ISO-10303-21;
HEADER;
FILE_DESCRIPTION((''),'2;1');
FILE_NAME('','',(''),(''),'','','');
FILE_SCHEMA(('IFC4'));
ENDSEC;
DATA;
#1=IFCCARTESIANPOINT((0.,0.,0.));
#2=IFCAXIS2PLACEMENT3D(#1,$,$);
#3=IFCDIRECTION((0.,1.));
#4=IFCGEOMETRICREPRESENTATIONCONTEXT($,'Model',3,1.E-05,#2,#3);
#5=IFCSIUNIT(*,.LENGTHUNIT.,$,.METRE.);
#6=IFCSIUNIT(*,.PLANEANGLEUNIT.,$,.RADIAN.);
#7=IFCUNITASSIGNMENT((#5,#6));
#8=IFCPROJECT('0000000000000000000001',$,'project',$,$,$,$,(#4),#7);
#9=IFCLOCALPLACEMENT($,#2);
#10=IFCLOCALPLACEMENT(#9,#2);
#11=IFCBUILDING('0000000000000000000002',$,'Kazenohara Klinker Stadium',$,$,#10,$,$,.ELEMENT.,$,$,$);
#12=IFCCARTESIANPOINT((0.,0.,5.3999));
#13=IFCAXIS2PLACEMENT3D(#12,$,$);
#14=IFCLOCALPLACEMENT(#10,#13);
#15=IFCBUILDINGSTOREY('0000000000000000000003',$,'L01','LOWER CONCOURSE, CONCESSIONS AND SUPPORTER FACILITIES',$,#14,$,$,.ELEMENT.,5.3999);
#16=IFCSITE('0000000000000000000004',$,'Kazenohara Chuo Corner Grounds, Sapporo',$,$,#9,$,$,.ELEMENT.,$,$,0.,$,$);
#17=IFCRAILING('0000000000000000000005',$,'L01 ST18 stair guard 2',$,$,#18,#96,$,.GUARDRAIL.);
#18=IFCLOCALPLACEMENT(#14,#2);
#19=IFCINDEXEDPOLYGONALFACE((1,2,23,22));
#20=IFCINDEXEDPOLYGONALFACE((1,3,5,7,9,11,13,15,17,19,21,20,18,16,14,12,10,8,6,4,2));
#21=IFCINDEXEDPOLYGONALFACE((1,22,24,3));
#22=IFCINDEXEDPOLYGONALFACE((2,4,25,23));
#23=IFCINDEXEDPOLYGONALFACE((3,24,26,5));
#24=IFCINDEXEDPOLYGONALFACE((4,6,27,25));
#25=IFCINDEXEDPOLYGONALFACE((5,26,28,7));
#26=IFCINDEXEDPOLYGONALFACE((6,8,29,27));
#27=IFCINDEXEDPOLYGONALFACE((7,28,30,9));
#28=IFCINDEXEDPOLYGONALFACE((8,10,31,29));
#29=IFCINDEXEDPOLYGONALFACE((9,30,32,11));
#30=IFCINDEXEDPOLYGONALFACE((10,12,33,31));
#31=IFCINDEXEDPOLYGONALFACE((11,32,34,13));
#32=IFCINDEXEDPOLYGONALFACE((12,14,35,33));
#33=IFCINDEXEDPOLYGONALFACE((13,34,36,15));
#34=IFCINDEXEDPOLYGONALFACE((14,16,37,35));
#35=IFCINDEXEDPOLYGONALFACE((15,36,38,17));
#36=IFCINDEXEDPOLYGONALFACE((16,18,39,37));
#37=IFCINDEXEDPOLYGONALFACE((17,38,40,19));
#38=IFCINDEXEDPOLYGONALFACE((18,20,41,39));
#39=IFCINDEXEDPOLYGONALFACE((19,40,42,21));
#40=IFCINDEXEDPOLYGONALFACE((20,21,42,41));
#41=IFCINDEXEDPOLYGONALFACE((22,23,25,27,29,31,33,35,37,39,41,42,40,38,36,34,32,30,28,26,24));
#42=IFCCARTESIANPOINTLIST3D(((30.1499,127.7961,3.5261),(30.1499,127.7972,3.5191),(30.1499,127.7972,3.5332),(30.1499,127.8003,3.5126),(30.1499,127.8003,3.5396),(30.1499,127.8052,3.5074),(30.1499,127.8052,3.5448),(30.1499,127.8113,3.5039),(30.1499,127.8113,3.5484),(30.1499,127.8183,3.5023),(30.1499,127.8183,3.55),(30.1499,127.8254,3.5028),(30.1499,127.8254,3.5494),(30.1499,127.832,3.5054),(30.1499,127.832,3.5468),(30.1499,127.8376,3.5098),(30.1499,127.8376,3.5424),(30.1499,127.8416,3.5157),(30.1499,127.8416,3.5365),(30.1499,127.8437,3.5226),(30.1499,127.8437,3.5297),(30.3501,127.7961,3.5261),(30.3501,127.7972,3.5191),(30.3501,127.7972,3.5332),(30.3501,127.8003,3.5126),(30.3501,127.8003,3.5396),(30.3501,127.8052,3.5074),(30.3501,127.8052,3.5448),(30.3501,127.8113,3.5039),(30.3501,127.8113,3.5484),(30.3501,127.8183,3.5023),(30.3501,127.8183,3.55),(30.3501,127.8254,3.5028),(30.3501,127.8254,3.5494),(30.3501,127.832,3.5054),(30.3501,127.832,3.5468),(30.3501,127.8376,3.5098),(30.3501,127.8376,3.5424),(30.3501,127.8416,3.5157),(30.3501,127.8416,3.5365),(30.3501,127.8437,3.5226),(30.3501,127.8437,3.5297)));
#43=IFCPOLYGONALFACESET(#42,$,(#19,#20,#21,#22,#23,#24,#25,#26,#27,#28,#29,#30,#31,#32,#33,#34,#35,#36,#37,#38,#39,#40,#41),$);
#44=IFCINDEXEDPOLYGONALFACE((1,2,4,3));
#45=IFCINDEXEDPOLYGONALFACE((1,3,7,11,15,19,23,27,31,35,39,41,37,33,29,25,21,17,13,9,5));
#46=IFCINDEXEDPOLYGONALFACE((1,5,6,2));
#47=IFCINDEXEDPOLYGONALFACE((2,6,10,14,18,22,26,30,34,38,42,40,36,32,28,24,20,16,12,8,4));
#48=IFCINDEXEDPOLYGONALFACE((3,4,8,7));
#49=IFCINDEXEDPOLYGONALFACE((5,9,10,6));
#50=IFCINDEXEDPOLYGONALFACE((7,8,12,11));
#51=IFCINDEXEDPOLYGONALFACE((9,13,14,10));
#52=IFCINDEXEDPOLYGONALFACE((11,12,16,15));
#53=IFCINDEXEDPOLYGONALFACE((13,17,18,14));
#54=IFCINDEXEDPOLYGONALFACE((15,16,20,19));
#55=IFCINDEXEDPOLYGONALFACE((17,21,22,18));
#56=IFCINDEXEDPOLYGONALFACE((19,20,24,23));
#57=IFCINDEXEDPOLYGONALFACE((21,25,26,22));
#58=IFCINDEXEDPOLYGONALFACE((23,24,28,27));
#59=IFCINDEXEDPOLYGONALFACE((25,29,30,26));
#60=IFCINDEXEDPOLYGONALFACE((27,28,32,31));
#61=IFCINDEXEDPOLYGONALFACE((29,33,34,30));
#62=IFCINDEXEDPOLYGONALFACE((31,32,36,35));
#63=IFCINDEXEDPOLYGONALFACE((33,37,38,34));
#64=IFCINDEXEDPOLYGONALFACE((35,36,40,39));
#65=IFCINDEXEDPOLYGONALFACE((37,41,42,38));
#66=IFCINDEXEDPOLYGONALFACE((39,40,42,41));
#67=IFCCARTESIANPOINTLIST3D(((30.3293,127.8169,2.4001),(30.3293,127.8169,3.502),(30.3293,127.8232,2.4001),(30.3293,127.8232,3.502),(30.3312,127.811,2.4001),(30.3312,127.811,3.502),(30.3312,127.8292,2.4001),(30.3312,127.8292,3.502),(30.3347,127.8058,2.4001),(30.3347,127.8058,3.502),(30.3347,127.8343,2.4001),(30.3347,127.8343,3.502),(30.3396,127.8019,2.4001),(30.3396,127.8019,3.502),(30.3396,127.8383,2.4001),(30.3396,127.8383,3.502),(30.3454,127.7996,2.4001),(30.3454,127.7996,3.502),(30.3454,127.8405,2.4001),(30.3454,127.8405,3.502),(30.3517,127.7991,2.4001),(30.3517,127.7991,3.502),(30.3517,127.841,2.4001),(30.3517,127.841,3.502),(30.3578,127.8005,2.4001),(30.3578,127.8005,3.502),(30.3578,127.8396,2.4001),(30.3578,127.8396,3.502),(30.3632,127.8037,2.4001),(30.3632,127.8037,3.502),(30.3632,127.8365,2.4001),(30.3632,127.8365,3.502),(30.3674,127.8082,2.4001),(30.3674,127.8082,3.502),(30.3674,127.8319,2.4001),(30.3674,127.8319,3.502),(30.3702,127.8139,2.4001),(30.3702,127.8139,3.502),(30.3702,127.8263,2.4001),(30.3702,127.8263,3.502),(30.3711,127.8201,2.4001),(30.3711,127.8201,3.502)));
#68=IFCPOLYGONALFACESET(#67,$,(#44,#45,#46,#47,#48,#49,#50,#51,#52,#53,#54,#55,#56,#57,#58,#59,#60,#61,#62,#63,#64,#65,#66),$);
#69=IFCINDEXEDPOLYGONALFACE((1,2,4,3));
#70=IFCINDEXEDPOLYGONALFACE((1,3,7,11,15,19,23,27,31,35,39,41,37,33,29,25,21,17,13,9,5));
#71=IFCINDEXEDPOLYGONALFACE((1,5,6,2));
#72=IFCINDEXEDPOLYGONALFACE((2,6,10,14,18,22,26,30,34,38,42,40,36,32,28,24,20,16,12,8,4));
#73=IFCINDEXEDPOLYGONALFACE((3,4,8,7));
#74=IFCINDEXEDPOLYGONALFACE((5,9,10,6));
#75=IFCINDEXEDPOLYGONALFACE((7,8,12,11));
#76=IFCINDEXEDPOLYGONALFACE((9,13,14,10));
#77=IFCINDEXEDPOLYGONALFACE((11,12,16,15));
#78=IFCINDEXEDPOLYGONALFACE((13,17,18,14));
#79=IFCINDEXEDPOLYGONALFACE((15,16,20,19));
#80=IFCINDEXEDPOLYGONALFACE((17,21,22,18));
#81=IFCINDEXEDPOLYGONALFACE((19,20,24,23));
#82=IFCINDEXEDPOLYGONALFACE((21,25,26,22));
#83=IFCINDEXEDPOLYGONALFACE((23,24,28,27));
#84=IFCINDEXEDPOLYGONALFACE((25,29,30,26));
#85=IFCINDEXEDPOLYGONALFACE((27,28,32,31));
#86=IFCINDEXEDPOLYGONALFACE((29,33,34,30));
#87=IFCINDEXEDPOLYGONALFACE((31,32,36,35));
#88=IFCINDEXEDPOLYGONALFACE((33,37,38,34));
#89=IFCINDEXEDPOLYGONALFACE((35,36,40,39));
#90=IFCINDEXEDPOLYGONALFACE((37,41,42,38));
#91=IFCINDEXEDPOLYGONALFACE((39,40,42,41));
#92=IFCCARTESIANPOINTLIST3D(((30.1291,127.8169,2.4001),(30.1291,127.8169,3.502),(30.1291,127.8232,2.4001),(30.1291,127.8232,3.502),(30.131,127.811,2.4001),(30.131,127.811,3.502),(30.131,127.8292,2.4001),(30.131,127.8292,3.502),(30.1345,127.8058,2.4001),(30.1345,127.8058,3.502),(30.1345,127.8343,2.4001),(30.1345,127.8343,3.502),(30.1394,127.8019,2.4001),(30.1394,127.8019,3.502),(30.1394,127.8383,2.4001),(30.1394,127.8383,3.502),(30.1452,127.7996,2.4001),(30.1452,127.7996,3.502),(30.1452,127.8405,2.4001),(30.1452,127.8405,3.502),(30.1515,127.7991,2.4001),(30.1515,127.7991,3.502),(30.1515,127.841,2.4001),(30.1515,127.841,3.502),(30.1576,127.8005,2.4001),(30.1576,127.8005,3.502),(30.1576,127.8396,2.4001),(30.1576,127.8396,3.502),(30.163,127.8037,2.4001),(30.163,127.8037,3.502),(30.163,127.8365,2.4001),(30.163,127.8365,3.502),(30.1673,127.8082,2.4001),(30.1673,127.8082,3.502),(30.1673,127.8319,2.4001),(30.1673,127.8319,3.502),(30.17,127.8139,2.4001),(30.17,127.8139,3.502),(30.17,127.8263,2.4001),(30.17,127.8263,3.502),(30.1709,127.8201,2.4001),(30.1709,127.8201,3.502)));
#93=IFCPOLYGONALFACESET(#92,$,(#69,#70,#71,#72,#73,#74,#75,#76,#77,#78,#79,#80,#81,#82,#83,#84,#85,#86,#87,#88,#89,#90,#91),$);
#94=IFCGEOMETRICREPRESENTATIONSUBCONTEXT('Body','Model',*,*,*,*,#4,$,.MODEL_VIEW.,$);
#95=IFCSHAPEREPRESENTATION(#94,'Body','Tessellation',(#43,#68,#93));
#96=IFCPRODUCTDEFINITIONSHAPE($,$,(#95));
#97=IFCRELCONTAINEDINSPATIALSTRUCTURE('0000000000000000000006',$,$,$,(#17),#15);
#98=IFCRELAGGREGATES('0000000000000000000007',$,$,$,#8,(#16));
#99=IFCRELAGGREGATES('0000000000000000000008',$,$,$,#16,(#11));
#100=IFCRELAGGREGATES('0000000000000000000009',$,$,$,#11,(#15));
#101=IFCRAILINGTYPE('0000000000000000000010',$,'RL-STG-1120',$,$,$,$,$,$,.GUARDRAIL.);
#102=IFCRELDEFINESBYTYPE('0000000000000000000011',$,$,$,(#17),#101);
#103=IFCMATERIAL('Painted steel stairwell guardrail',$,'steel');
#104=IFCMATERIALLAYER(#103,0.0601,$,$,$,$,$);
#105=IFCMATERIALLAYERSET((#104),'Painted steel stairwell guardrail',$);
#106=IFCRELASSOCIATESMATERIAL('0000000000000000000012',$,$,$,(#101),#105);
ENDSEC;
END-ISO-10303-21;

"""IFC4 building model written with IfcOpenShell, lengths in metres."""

from ifc_helpers import new_model, si_unit, direction, frame, origin, origin_2d, place, context, subcontext, project, spatial, circle, extrude, material, layer, layer_set, type_object, element, save


model = new_model("IFC4")

# Units and contexts
model_context = context("Model", 3, precision=1e-05, world=origin(), true_north=direction((0.0, 1.0)))
body_context = subcontext(model_context, "Body", "Model", "MODEL_VIEW")
ifc_project = project(units=[si_unit("LENGTHUNIT", "METRE"), si_unit("PLANEANGLEUNIT", "RADIAN")], contexts=[model_context])

# Site, building, storey
site_placement = place(None, origin())
site = spatial("IfcSite", under=ifc_project, at=site_placement, Name="Kazenohara Chuo Corner Grounds, Sapporo", CompositionType="ELEMENT", RefElevation=0.0)
building_placement = place(site_placement, origin())
building = spatial("IfcBuilding", under=site, at=building_placement, Name="Kazenohara Klinker Stadium", CompositionType="ELEMENT")
storey_placement = place(building_placement, frame((0.0, 0.0, 5.3999)))
storey = spatial("IfcBuildingStorey", under=building, at=storey_placement, Name="L01", Description="LOWER CONCOURSE, CONCESSIONS AND SUPPORTER FACILITIES", CompositionType="ELEMENT", Elevation=5.3999)

# Railing
ifc_material_1 = material(Name="Painted steel stairwell guardrail", Category="steel")
ifc_layer_1 = layer(ifc_material_1, 0.0601)
ifc_layer_set_1 = layer_set([ifc_layer_1], Name="Painted steel stairwell guardrail")
railing_type_1 = type_object("IfcRailingType", Name="RL-STG-1120", PredefinedType="GUARDRAIL", material=ifc_layer_set_1)
railing_1_placement = place(storey_placement, frame((30.3501, 127.8201, 2.4001)))
element("IfcRailing", 1, at=railing_1_placement, inside=storey, type_object=railing_type_1, Name="L01 ST18 stair guard 2", PredefinedType="GUARDRAIL", context=body_context, shape_type="SweptSolid", body=[
    extrude(circle(Radius=0.0239, at=origin_2d()), frame((0.0, 0.0, 1.126), z_axis=(-1.0, 0.0, 0.0), x_axis=(0.0, -1.0, 0.0)), (0.0, 0.0, 1.0), 0.2002),
    extrude(circle(Radius=0.021, at=origin_2d()), origin(), (0.0, 0.0, 1.0), 1.1018),
    extrude(circle(Radius=0.021, at=origin_2d()), frame((-0.2002, 0.0, 0.0)), (0.0, 0.0, 1.0), 1.1018),
])

save(model, "model.ifc")
